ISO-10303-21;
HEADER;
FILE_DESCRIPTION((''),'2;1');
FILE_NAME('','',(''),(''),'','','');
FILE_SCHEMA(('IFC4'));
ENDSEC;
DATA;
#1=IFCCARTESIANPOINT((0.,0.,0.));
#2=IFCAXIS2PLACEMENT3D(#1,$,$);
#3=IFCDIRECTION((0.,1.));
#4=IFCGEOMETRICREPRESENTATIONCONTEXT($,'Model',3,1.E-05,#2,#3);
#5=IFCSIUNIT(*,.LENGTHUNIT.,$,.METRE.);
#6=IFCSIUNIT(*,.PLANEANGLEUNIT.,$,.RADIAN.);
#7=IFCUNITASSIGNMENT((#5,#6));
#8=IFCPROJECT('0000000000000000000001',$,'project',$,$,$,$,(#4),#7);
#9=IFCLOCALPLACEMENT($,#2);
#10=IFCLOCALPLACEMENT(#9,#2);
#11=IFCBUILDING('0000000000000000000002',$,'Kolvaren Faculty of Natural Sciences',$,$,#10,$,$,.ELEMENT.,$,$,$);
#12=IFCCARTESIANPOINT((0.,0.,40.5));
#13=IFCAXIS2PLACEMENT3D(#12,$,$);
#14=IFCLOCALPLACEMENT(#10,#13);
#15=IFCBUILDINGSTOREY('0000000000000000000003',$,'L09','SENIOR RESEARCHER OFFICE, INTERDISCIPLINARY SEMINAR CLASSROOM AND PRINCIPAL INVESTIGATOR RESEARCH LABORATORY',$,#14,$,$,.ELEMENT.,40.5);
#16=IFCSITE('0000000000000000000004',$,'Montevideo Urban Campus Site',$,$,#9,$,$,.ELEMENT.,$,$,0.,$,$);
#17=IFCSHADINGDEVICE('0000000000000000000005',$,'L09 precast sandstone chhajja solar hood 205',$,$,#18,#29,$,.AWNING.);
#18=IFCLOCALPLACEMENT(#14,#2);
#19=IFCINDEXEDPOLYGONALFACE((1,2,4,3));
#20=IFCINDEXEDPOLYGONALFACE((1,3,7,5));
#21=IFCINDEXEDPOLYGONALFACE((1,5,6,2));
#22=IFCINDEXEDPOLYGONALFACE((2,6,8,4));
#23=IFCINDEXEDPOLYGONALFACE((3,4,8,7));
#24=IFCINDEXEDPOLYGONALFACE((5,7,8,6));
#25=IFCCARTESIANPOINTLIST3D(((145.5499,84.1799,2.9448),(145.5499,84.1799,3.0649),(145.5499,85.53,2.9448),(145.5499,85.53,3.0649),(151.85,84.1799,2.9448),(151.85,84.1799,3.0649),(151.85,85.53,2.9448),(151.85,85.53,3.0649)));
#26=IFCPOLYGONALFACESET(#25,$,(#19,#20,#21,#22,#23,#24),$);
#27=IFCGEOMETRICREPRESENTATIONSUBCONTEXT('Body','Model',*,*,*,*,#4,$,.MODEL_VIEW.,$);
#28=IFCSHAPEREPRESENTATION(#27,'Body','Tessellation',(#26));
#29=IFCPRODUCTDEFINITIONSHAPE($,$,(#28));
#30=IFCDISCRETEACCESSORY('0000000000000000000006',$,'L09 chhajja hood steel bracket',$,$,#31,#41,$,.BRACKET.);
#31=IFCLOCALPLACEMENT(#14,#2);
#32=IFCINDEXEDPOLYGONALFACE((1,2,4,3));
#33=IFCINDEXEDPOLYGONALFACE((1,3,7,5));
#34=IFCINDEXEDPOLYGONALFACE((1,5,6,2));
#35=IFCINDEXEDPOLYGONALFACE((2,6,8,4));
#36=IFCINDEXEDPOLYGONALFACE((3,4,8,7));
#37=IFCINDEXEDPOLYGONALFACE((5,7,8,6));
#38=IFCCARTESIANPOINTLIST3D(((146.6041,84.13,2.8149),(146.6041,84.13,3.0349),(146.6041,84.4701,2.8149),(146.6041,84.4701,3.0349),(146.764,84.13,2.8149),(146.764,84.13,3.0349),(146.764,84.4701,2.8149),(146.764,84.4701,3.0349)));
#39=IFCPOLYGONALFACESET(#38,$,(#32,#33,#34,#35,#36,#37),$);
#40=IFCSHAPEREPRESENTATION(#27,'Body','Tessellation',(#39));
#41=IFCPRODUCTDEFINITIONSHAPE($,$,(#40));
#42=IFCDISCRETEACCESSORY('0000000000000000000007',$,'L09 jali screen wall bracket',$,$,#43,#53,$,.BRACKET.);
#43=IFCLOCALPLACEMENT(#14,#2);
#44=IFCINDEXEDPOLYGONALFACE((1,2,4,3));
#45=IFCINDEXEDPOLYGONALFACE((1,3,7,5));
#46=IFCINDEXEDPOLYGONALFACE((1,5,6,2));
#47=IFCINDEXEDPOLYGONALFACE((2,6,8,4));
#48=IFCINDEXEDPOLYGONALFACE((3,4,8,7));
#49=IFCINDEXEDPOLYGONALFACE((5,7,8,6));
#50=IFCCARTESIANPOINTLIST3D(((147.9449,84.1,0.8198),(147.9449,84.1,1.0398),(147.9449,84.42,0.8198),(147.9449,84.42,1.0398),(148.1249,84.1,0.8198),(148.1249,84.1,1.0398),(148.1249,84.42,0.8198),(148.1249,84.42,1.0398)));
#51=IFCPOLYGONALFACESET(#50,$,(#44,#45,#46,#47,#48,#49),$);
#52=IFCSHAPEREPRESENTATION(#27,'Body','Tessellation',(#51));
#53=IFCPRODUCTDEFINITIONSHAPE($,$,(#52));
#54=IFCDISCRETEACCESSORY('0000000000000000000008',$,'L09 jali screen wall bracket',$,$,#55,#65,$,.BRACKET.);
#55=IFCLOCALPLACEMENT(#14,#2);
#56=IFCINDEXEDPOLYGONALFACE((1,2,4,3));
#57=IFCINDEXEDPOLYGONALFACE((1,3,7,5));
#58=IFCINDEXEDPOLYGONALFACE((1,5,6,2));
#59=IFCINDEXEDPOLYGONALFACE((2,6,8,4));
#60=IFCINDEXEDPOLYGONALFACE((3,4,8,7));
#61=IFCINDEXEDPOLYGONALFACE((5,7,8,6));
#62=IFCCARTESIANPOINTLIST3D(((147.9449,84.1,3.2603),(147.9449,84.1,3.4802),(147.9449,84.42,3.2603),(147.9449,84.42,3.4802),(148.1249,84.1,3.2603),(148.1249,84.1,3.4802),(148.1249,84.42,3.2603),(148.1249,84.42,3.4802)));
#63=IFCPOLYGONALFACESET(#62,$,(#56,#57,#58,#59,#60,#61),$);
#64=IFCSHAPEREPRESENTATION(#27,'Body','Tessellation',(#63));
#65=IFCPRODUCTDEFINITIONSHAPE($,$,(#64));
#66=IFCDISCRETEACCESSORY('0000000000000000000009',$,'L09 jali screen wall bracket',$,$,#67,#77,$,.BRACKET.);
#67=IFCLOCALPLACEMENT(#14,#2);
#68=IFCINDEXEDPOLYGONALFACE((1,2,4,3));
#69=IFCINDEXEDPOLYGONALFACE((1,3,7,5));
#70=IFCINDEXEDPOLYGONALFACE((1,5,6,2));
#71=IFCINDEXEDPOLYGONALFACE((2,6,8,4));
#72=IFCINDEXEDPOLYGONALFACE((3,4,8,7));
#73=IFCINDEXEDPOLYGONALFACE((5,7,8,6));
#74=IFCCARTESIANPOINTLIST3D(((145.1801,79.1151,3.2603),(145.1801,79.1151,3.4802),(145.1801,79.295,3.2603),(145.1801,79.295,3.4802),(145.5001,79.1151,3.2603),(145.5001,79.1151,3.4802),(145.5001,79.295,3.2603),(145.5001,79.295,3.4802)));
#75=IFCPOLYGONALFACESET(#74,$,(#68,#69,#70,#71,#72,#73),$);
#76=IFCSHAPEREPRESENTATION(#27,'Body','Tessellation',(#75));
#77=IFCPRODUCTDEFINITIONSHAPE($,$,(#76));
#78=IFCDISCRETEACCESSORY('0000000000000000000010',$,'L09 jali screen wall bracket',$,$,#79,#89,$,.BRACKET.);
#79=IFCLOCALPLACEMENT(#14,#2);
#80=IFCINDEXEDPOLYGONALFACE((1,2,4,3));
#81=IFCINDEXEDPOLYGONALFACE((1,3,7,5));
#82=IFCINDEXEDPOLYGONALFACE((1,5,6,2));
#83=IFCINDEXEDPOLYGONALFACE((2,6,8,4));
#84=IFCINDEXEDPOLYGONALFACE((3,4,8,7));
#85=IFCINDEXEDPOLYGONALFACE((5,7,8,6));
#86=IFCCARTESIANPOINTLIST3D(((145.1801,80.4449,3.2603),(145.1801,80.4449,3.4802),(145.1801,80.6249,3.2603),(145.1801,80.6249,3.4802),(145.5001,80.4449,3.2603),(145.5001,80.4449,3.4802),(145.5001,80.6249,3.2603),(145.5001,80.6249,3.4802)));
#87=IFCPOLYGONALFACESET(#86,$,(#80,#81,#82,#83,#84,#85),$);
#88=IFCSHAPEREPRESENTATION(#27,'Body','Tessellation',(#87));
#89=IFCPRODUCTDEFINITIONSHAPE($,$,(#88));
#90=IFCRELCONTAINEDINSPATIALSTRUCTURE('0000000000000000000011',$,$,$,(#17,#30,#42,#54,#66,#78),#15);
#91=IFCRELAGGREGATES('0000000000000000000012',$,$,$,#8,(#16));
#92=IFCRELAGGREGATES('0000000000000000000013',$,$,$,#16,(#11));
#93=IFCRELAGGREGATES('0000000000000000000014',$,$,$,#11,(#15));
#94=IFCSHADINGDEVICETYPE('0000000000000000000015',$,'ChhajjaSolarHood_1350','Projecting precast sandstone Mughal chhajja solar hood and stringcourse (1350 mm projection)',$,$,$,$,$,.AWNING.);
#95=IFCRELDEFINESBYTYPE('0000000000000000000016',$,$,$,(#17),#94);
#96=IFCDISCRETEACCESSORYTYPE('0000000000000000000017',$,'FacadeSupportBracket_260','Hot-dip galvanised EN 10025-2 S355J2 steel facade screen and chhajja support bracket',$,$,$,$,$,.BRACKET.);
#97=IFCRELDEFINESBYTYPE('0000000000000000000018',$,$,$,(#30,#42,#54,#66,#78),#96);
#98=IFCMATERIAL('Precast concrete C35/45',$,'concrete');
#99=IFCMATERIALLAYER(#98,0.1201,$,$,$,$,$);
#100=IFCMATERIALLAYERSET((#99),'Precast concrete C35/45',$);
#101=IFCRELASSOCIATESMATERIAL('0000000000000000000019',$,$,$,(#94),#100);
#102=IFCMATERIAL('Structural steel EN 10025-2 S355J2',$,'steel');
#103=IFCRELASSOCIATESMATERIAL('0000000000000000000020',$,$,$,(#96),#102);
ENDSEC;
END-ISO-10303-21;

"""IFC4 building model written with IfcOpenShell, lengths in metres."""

from ifc_helpers import new_model, si_unit, direction, frame, origin, origin_2d, place, context, subcontext, project, spatial, rectangle, extrude, material, layer, layer_set, type_object, element, save


model = new_model("IFC4")

# Units and contexts
model_context = context("Model", 3, precision=1e-05, world=origin(), true_north=direction((0.0, 1.0)))
body_context = subcontext(model_context, "Body", "Model", "MODEL_VIEW")
ifc_project = project(units=[si_unit("LENGTHUNIT", "METRE"), si_unit("PLANEANGLEUNIT", "RADIAN")], contexts=[model_context])

# Site, building, storey
site_placement = place(None, origin())
site = spatial("IfcSite", under=ifc_project, at=site_placement, Name="Montevideo Urban Campus Site", CompositionType="ELEMENT", RefElevation=0.0)
building_placement = place(site_placement, origin())
building = spatial("IfcBuilding", under=site, at=building_placement, Name="Kolvaren Faculty of Natural Sciences", CompositionType="ELEMENT")
storey_placement = place(building_placement, frame((0.0, 0.0, 40.5)))
storey = spatial("IfcBuildingStorey", under=building, at=storey_placement, Name="L09", Description="SENIOR RESEARCHER OFFICE, INTERDISCIPLINARY SEMINAR CLASSROOM AND PRINCIPAL INVESTIGATOR RESEARCH LABORATORY", CompositionType="ELEMENT", Elevation=40.5)

# Shared definitions
ifc_material_1 = material(Name="Precast concrete C35/45", Category="concrete")

# Shading device
ifc_layer_1 = layer(ifc_material_1, 0.1201)
ifc_layer_set_1 = layer_set([ifc_layer_1], Name="Precast concrete C35/45")
shading_device_type = type_object("IfcShadingDeviceType", Name="ChhajjaSolarHood_1350", Description="Projecting precast sandstone Mughal chhajja solar hood and stringcourse (1350 mm projection)", PredefinedType="AWNING", material=ifc_layer_set_1)
shading_device_placement = place(storey_placement, frame((148.7, 84.855, 2.9448), z_axis=(0.0, 0.0, 1.0), x_axis=(1.0, 0.0, 0.0)))
element("IfcShadingDevice", 1, at=shading_device_placement, inside=storey, type_object=shading_device_type, Name="L09 precast sandstone chhajja solar hood 205", PredefinedType="AWNING", context=body_context, shape_type="SweptSolid", body=[
    extrude(rectangle(XDim=6.3, YDim=1.3501, at=origin_2d()), origin(), (0.0, 0.0, 1.0), 0.1201),
])

# Discrete accessories
ifc_material_2 = material(Name="Structural steel EN 10025-2 S355J2", Category="steel")
discrete_accessory_type = type_object("IfcDiscreteAccessoryType", Name="FacadeSupportBracket_260", Description="Hot-dip galvanised EN 10025-2 S355J2 steel facade screen and chhajja support bracket", PredefinedType="BRACKET", material=ifc_material_2)
discrete_accessory_placement = place(storey_placement, frame((146.6841, 84.3, 2.8149), z_axis=(0.0, 0.0, 1.0), x_axis=(1.0, 0.0, 0.0)))
element("IfcDiscreteAccessory", 2, at=discrete_accessory_placement, inside=storey, type_object=discrete_accessory_type, Name="L09 chhajja hood steel bracket", PredefinedType="BRACKET", context=body_context, shape_type="SweptSolid", body=[
    extrude(rectangle(XDim=0.1599, YDim=0.3401, at=origin_2d()), origin(), (0.0, 0.0, 1.0), 0.22),
])
for number, where, z_axis, x_axis, name in (
    (3, (148.0349, 84.26, 0.8198), (0.0, 0.0, 1.0), (1.0, 0.0, 0.0), "L09 jali screen wall bracket"),
    (4, (148.0349, 84.26, 3.2603), (0.0, 0.0, 1.0), (1.0, 0.0, 0.0), "L09 jali screen wall bracket"),
    (5, (145.3401, 79.2051, 3.2603), (0.0, 0.0, 1.0), (0.0, 1.0, 0.0), "L09 jali screen wall bracket"),
    (6, (145.3401, 80.5349, 3.2603), (0.0, 0.0, 1.0), (0.0, 1.0, 0.0), "L09 jali screen wall bracket"),
):
    element("IfcDiscreteAccessory", number, at=place(storey_placement, frame(where, z_axis=z_axis, x_axis=x_axis)), inside=storey, type_object=discrete_accessory_type, Name=name, PredefinedType="BRACKET", context=body_context, shape_type="SweptSolid", body=[
        extrude(rectangle(XDim=0.1799, YDim=0.3201, at=origin_2d()), origin(), (0.0, 0.0, 1.0), 0.22),
    ])

save(model, "model.ifc")
